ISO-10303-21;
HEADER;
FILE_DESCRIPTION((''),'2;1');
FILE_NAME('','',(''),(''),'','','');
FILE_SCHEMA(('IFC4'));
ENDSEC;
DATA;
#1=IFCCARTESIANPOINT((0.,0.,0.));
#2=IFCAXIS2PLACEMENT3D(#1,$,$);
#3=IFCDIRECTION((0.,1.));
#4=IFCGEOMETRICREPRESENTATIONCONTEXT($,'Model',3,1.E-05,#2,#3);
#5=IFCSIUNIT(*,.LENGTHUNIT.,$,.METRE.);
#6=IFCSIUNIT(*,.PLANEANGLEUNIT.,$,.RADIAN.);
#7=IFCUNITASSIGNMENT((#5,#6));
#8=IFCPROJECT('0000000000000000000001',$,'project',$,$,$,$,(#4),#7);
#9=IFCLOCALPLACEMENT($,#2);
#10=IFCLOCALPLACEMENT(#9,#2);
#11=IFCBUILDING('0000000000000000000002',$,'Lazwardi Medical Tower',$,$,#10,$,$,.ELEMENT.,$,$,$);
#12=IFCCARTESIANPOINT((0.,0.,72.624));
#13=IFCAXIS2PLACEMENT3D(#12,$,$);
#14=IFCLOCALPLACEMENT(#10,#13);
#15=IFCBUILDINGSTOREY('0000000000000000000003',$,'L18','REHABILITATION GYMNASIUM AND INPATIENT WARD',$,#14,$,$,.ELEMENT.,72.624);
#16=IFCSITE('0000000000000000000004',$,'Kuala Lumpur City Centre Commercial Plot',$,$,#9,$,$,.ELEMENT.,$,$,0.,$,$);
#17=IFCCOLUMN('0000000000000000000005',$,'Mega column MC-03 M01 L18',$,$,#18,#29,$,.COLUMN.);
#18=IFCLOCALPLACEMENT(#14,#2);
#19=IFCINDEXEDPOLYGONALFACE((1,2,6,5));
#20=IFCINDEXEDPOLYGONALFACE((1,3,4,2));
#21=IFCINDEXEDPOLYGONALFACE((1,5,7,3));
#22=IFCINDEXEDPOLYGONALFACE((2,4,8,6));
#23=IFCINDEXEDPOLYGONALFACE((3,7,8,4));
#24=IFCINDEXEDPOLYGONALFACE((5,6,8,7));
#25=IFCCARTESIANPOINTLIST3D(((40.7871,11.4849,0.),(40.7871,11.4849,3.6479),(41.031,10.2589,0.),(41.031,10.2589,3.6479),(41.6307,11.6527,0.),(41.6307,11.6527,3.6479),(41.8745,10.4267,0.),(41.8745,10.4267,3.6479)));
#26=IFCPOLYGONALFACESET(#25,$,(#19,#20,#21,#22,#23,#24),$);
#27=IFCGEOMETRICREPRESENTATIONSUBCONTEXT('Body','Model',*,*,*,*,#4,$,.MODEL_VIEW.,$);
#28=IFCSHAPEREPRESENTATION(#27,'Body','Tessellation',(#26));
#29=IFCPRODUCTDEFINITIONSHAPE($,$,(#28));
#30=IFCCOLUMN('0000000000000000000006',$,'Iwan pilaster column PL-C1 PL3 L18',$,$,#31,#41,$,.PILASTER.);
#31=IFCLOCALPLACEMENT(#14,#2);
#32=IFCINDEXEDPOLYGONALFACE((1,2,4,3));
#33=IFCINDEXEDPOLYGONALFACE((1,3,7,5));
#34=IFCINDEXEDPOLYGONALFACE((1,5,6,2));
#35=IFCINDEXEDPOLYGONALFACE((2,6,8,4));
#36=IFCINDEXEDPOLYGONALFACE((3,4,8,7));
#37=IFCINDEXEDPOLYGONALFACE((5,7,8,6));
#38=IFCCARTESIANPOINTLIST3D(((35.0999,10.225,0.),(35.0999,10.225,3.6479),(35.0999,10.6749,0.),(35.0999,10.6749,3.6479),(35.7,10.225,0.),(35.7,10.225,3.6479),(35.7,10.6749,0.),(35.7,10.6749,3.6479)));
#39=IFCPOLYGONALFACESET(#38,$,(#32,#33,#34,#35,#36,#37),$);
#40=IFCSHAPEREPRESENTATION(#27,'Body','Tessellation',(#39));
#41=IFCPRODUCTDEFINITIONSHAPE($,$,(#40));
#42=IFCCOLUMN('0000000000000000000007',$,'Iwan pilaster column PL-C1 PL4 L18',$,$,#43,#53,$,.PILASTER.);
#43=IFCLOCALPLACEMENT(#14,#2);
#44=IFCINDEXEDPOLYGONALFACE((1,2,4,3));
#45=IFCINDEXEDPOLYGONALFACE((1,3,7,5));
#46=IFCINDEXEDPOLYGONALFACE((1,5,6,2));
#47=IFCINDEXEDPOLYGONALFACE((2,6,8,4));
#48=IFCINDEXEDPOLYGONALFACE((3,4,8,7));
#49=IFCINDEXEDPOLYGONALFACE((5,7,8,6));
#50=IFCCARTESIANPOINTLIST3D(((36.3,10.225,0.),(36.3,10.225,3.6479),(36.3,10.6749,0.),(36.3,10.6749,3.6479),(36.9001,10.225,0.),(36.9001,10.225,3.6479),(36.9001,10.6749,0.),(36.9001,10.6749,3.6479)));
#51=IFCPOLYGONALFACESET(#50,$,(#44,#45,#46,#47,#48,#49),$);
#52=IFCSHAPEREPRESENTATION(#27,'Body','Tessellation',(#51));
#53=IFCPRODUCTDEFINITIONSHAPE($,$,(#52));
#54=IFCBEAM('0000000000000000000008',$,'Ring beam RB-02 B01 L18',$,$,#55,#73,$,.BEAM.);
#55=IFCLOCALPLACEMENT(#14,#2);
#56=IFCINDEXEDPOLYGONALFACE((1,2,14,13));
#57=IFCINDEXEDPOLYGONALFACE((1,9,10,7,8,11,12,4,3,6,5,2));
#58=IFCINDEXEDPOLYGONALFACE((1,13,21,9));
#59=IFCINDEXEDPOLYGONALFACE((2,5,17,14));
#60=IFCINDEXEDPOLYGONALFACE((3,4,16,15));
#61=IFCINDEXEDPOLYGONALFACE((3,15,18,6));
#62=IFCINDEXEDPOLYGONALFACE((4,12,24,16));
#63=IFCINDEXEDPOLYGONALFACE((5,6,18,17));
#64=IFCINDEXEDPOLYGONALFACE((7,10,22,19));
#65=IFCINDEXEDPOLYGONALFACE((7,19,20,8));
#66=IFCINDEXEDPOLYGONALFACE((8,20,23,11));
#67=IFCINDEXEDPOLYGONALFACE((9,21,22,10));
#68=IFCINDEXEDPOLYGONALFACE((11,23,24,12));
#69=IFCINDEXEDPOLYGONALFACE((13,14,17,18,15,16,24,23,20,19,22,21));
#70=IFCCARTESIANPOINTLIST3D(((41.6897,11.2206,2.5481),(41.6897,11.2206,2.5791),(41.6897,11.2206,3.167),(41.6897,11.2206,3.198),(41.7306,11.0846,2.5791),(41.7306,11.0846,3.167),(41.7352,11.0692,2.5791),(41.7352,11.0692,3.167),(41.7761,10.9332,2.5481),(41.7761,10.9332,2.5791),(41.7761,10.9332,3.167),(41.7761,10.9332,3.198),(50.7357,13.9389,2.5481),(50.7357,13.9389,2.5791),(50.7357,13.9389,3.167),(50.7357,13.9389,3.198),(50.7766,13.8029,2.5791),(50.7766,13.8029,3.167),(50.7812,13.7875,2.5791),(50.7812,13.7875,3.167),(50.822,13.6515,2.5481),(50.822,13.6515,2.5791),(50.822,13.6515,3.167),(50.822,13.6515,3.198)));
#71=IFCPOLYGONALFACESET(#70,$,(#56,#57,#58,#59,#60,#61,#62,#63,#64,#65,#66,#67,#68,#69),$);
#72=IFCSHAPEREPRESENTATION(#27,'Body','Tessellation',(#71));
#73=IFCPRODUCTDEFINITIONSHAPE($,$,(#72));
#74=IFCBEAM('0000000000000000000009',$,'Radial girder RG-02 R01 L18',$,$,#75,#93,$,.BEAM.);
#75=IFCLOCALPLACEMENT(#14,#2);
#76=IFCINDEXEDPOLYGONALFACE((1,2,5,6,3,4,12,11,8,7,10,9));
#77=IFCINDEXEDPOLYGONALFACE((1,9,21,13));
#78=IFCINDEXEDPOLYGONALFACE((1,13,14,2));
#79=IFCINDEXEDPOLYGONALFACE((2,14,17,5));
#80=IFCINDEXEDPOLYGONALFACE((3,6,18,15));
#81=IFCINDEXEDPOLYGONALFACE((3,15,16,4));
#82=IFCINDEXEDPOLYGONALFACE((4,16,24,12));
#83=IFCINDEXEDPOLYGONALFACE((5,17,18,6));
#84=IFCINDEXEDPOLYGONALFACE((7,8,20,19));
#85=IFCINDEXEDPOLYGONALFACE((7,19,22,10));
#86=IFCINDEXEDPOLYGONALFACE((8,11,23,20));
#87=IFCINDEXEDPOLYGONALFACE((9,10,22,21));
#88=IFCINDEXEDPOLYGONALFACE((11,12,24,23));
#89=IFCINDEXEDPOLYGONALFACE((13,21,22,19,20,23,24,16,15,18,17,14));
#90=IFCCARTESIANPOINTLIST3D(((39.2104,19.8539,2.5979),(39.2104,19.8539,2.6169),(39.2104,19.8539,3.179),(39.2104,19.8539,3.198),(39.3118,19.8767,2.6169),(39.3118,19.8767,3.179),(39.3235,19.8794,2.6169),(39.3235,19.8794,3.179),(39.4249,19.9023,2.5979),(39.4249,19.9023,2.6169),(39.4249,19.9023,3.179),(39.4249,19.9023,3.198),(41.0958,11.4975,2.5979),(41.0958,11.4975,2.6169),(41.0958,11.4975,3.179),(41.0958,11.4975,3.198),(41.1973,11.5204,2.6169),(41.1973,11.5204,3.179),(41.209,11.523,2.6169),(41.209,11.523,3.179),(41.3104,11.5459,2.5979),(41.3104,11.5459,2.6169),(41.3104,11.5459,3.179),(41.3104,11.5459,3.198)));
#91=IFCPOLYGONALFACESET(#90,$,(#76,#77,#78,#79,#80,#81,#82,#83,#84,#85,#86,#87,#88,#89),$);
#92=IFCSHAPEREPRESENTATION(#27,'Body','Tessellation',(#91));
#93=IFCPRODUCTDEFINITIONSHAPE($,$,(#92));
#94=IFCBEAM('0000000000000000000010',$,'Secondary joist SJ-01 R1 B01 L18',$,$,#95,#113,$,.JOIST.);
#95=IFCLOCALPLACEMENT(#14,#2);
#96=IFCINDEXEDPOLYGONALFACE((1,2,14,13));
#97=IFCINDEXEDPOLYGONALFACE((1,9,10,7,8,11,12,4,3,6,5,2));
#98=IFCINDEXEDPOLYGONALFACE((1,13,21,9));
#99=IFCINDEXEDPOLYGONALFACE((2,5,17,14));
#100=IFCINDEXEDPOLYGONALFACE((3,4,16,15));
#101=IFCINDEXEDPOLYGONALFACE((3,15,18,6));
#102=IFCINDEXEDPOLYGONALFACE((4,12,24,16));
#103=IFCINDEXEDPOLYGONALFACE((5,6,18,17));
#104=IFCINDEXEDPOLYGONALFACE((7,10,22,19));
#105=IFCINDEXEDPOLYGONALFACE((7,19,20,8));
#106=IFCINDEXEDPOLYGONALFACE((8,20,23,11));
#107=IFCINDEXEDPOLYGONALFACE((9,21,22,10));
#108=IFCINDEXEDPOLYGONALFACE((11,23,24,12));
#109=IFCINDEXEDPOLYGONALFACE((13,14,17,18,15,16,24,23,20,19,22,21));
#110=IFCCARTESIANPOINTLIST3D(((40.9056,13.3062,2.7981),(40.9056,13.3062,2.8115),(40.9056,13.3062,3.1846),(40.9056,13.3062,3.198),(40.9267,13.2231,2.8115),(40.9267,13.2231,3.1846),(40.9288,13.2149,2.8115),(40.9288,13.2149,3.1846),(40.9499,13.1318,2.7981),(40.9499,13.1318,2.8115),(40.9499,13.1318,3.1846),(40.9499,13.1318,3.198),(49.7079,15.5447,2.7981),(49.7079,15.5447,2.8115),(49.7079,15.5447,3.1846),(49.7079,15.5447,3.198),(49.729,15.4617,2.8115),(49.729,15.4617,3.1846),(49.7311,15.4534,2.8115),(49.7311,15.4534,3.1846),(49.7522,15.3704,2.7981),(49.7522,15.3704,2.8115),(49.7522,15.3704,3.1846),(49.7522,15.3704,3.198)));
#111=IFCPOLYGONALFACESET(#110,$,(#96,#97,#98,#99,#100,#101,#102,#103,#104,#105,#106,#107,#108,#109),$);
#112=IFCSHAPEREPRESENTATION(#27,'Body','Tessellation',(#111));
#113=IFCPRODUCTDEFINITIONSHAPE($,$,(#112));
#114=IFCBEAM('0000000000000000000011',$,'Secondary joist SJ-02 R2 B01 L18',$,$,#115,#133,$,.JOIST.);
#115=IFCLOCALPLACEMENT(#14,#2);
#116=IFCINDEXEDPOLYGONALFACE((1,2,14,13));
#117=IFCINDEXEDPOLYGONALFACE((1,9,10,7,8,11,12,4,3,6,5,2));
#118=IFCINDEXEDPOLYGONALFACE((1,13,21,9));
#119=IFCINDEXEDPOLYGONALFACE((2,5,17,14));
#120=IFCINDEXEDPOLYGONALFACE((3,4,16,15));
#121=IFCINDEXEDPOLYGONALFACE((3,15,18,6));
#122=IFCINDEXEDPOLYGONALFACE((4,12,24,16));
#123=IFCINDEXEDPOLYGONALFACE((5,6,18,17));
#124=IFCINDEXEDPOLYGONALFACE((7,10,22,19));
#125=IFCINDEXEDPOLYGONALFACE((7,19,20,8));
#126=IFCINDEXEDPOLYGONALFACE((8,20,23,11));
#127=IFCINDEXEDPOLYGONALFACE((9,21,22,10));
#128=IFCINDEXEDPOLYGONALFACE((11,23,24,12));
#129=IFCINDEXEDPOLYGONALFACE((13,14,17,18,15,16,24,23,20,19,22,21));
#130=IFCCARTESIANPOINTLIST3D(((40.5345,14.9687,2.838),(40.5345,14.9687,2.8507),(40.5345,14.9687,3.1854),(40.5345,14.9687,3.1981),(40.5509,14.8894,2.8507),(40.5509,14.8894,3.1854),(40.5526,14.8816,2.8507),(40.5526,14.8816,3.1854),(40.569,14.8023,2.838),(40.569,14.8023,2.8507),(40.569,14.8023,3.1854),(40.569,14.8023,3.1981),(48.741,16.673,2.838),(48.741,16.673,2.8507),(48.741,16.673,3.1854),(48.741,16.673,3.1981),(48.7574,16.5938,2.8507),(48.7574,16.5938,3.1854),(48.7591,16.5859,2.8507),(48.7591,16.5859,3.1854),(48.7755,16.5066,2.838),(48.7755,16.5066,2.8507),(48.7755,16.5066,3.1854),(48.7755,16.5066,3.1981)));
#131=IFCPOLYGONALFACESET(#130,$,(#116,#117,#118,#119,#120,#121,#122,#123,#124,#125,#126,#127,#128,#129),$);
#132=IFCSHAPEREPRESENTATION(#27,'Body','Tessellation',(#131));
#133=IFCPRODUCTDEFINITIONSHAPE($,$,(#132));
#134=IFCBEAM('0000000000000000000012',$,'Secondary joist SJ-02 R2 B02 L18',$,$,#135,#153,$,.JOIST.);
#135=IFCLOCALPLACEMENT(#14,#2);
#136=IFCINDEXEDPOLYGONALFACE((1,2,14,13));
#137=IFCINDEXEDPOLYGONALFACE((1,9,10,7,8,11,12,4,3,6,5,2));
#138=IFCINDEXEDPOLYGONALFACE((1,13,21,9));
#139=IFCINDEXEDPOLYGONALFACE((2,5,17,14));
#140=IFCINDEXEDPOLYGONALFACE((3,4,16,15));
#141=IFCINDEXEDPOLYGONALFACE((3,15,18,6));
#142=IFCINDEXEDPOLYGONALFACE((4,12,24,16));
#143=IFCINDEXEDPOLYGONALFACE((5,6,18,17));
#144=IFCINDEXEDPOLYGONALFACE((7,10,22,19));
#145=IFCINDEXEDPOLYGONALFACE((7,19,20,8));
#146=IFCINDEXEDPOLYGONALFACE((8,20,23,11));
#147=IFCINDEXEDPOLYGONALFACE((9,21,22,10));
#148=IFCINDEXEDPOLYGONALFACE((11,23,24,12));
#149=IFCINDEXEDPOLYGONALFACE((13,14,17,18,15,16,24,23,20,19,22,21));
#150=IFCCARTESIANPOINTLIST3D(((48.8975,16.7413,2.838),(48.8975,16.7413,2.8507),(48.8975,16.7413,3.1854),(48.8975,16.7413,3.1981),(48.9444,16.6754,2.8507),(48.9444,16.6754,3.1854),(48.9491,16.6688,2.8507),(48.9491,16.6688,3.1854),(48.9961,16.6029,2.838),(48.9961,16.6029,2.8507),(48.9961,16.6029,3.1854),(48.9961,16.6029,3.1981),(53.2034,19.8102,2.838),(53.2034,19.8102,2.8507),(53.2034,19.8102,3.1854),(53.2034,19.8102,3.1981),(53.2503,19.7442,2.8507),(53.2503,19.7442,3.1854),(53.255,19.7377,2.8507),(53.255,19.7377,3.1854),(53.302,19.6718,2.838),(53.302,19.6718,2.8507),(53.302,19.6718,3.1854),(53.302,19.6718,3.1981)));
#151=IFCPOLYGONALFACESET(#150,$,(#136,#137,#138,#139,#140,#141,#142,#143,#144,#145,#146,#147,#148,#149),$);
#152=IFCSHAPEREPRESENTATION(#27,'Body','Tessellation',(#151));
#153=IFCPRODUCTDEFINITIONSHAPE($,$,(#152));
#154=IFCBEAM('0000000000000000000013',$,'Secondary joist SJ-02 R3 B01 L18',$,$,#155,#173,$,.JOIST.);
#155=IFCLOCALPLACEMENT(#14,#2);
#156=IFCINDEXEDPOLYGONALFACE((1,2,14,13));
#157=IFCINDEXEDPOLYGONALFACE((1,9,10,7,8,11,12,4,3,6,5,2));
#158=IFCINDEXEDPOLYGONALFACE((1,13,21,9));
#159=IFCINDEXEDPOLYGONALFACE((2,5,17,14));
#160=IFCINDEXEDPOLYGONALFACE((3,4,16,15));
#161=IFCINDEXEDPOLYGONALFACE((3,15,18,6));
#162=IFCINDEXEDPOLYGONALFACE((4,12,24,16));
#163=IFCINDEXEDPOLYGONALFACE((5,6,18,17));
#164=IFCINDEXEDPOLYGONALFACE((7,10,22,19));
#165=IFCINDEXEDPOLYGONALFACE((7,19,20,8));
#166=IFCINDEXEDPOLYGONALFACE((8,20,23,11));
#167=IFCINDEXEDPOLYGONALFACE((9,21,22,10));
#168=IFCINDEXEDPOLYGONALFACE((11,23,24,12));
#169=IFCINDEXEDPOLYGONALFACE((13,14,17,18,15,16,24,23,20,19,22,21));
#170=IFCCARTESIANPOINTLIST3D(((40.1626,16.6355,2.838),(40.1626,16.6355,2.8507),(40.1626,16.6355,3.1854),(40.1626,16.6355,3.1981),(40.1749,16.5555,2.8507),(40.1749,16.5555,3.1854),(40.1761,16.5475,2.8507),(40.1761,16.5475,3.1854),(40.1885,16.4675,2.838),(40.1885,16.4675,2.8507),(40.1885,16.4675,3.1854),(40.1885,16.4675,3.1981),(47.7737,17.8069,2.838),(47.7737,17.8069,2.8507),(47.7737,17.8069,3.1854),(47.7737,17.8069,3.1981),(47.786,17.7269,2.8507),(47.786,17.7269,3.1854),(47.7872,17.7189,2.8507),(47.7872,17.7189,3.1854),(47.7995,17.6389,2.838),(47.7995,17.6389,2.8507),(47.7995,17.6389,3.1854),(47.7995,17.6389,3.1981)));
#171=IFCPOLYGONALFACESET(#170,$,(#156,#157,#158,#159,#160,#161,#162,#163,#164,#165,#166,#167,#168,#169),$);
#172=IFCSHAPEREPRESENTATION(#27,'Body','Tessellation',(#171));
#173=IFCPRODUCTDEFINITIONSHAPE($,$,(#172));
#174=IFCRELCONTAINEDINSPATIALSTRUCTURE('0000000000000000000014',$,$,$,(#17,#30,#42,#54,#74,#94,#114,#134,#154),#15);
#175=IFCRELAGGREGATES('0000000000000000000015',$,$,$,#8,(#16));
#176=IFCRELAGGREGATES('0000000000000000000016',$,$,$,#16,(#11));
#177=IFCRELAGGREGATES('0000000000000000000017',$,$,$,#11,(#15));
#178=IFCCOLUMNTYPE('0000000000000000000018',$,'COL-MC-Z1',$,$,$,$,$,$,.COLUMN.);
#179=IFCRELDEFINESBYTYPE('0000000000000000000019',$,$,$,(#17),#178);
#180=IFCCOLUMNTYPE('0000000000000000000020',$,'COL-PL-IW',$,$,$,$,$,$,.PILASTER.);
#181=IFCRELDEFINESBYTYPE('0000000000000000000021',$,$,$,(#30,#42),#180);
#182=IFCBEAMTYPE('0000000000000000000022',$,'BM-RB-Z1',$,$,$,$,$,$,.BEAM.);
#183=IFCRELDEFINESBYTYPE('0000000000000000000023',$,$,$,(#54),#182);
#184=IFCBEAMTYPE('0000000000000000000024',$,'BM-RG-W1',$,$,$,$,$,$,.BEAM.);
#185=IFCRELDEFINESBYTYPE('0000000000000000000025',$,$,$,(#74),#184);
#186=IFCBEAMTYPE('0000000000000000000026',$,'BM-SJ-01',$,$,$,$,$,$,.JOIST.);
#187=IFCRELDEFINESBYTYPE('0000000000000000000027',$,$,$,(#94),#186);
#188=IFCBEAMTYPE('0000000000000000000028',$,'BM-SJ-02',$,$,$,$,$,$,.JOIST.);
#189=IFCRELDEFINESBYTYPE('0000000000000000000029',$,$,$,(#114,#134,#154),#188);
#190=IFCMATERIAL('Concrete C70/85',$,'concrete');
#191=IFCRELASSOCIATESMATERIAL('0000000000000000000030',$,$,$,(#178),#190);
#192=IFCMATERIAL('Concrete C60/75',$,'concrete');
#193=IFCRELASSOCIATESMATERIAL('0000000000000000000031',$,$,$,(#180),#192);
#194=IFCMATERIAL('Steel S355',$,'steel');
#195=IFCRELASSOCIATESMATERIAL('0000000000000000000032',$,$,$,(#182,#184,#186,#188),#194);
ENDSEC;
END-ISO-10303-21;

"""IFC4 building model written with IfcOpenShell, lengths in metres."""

from ifc_helpers import new_model, si_unit, direction, frame, origin, origin_2d, place, context, subcontext, project, spatial, rectangle, i_section, extrude, material, material_profile, profile_set, type_object, element, save


model = new_model("IFC4")

# Units and contexts
model_context = context("Model", 3, precision=1e-05, world=origin(), true_north=direction((0.0, 1.0)))
body_context = subcontext(model_context, "Body", "Model", "MODEL_VIEW")
ifc_project = project(units=[si_unit("LENGTHUNIT", "METRE"), si_unit("PLANEANGLEUNIT", "RADIAN")], contexts=[model_context])

# Site, building, storey
site_placement = place(None, origin())
site = spatial("IfcSite", under=ifc_project, at=site_placement, Name="Kuala Lumpur City Centre Commercial Plot", CompositionType="ELEMENT", RefElevation=0.0)
building_placement = place(site_placement, origin())
building = spatial("IfcBuilding", under=site, at=building_placement, Name="Lazwardi Medical Tower", CompositionType="ELEMENT")
storey_placement = place(building_placement, frame((0.0, 0.0, 72.624)))
storey = spatial("IfcBuildingStorey", under=building, at=storey_placement, Name="L18", Description="REHABILITATION GYMNASIUM AND INPATIENT WARD", CompositionType="ELEMENT", Elevation=72.624)

# Columns
ifc_material_1 = material(Name="Concrete C70/85", Category="concrete")
ifc_material_profile_1 = material_profile(ifc_material_1, rectangle(XDim=1.25, YDim=0.8601, at=origin_2d()), Name="CFT-RECT 1250x860")
ifc_profile_set_1 = profile_set([ifc_material_profile_1], Name="Concrete C70/85")
column_type_1 = type_object("IfcColumnType", Name="COL-MC-Z1", PredefinedType="COLUMN", material=ifc_profile_set_1)
column_placement = place(storey_placement, frame((41.3308, 10.9558, 0.0), z_axis=(0.0, 0.0, 1.0), x_axis=(0.19509, -0.980785, 0.0)))
element("IfcColumn", 1, at=column_placement, inside=storey, type_object=column_type_1, Name="Mega column MC-03 M01 L18", PredefinedType="COLUMN", context=body_context, shape_type="SweptSolid", body=[
    extrude(rectangle(XDim=1.25, YDim=0.8601, at=origin_2d()), origin(), (0.0, 0.0, 1.0), 3.6479),
])
ifc_material_2 = material(Name="Concrete C60/75", Category="concrete")
ifc_material_profile_2 = material_profile(ifc_material_2, rectangle(XDim=0.6001, YDim=0.45, at=origin_2d()), Name="RC 600x450")
ifc_profile_set_2 = profile_set([ifc_material_profile_2], Name="Concrete C60/75")
column_type_2 = type_object("IfcColumnType", Name="COL-PL-IW", PredefinedType="PILASTER", material=ifc_profile_set_2)
for number, where, z_axis, x_axis, name in (
    (2, (35.3999, 10.45, 0.0), (0.0, 0.0, 1.0), (1.0, 0.0, 0.0), "Iwan pilaster column PL-C1 PL3 L18"),
    (3, (36.6001, 10.45, 0.0), (0.0, 0.0, 1.0), (1.0, 0.0, 0.0), "Iwan pilaster column PL-C1 PL4 L18"),
):
    element("IfcColumn", number, at=place(storey_placement, frame(where, z_axis=z_axis, x_axis=x_axis)), inside=storey, type_object=column_type_2, Name=name, PredefinedType="PILASTER", context=body_context, shape_type="SweptSolid", body=[
        extrude(rectangle(XDim=0.6001, YDim=0.45, at=origin_2d()), origin(), (0.0, 0.0, 1.0), 3.6479),
    ])

# Beams
ifc_material_3 = material(Name="Steel S355", Category="steel")
ifc_material_profile_3 = material_profile(ifc_material_3, i_section(OverallWidth=0.3, OverallDepth=0.6499, WebThickness=0.0161, FlangeThickness=0.031, at=origin_2d()), Name="HEB 650")
ifc_profile_set_3 = profile_set([ifc_material_profile_3], Name="Steel S355")
beam_type_1 = type_object("IfcBeamType", Name="BM-RB-Z1", PredefinedType="BEAM", material=ifc_profile_set_3)
beam_1_placement = place(storey_placement, frame((41.7329, 11.0769, 2.873), z_axis=(0.957695, 0.287784, 0.0), x_axis=(-0.287784, 0.957695, 0.0)))
element("IfcBeam", 4, at=beam_1_placement, inside=storey, type_object=beam_type_1, Name="Ring beam RB-02 B01 L18", PredefinedType="BEAM", context=body_context, shape_type="SweptSolid", body=[
    extrude(i_section(OverallWidth=0.3, OverallDepth=0.6499, WebThickness=0.0161, FlangeThickness=0.031, at=origin_2d()), origin(), (0.0, 0.0, 1.0), 9.4456),
])
ifc_material_profile_4 = material_profile(ifc_material_3, i_section(OverallWidth=0.22, OverallDepth=0.6001, WebThickness=0.012, FlangeThickness=0.019, at=origin_2d()), Name="IPE 600")
ifc_profile_set_4 = profile_set([ifc_material_profile_4], Name="Steel S355")
beam_type_2 = type_object("IfcBeamType", Name="BM-RG-W1", PredefinedType="BEAM", material=ifc_profile_set_4)
beam_2_placement = place(storey_placement, frame((41.2031, 11.5217, 2.8979), z_axis=(-0.220101, 0.975477, 0.0), x_axis=(-0.975477, -0.220101, 0.0)))
element("IfcBeam", 5, at=beam_2_placement, inside=storey, type_object=beam_type_2, Name="Radial girder RG-02 R01 L18", PredefinedType="BEAM", context=body_context, shape_type="SweptSolid", body=[
    extrude(i_section(OverallWidth=0.22, OverallDepth=0.6001, WebThickness=0.012, FlangeThickness=0.019, at=origin_2d()), origin(), (0.0, 0.0, 1.0), 8.5664),
])
ifc_material_profile_5 = material_profile(ifc_material_3, i_section(OverallWidth=0.1799, OverallDepth=0.3999, WebThickness=0.0085, FlangeThickness=0.0134, at=origin_2d()), Name="IPE 400")
ifc_profile_set_5 = profile_set([ifc_material_profile_5], Name="Steel S355")
beam_type_3 = type_object("IfcBeamType", Name="BM-SJ-01", PredefinedType="JOIST", material=ifc_profile_set_5)
beam_3_placement = place(storey_placement, frame((40.9277, 13.219, 2.998), z_axis=(0.969151, 0.246468, 0.0), x_axis=(-0.246468, 0.969151, 0.0)))
element("IfcBeam", 6, at=beam_3_placement, inside=storey, type_object=beam_type_3, Name="Secondary joist SJ-01 R1 B01 L18", PredefinedType="JOIST", context=body_context, shape_type="SweptSolid", body=[
    extrude(i_section(OverallWidth=0.1799, OverallDepth=0.3999, WebThickness=0.0085, FlangeThickness=0.0134, at=origin_2d()), origin(), (0.0, 0.0, 1.0), 9.0825),
])
ifc_material_profile_6 = material_profile(ifc_material_3, i_section(OverallWidth=0.1699, OverallDepth=0.3601, WebThickness=0.0081, FlangeThickness=0.0127, at=origin_2d()), Name="IPE 360")
ifc_profile_set_6 = profile_set([ifc_material_profile_6], Name="Steel S355")
beam_type_4 = type_object("IfcBeamType", Name="BM-SJ-02", PredefinedType="JOIST", material=ifc_profile_set_6)
beam_4_placement = place(storey_placement, frame((40.5518, 14.8855, 3.0181), z_axis=(0.979108, 0.203342, 0.0), x_axis=(-0.203342, 0.979108, 0.0)))
element("IfcBeam", 7, at=beam_4_placement, inside=storey, type_object=beam_type_4, Name="Secondary joist SJ-02 R2 B01 L18", PredefinedType="JOIST", context=body_context, shape_type="SweptSolid", body=[
    extrude(i_section(OverallWidth=0.1699, OverallDepth=0.3601, WebThickness=0.0081, FlangeThickness=0.0127, at=origin_2d()), origin(), (0.0, 0.0, 1.0), 8.3816),
])
beam_5_placement = place(storey_placement, frame((48.9468, 16.6721, 3.0181), z_axis=(0.814341, 0.580386, 0.0), x_axis=(-0.580386, 0.814341, 0.0)))
element("IfcBeam", 8, at=beam_5_placement, inside=storey, type_object=beam_type_4, Name="Secondary joist SJ-02 R2 B02 L18", PredefinedType="JOIST", context=body_context, shape_type="SweptSolid", body=[
    extrude(i_section(OverallWidth=0.1699, OverallDepth=0.3601, WebThickness=0.0081, FlangeThickness=0.0127, at=origin_2d()), origin(), (0.0, 0.0, 1.0), 5.2876),
])
beam_6_placement = place(storey_placement, frame((40.1755, 16.5515, 3.0181), z_axis=(0.988363, 0.152114, 0.0), x_axis=(-0.152114, 0.988363, 0.0)))
element("IfcBeam", 9, at=beam_6_placement, inside=storey, type_object=beam_type_4, Name="Secondary joist SJ-02 R3 B01 L18", PredefinedType="JOIST", context=body_context, shape_type="SweptSolid", body=[
    extrude(i_section(OverallWidth=0.1699, OverallDepth=0.3601, WebThickness=0.0081, FlangeThickness=0.0127, at=origin_2d()), origin(), (0.0, 0.0, 1.0), 7.7007),
])

save(model, "model.ifc")
